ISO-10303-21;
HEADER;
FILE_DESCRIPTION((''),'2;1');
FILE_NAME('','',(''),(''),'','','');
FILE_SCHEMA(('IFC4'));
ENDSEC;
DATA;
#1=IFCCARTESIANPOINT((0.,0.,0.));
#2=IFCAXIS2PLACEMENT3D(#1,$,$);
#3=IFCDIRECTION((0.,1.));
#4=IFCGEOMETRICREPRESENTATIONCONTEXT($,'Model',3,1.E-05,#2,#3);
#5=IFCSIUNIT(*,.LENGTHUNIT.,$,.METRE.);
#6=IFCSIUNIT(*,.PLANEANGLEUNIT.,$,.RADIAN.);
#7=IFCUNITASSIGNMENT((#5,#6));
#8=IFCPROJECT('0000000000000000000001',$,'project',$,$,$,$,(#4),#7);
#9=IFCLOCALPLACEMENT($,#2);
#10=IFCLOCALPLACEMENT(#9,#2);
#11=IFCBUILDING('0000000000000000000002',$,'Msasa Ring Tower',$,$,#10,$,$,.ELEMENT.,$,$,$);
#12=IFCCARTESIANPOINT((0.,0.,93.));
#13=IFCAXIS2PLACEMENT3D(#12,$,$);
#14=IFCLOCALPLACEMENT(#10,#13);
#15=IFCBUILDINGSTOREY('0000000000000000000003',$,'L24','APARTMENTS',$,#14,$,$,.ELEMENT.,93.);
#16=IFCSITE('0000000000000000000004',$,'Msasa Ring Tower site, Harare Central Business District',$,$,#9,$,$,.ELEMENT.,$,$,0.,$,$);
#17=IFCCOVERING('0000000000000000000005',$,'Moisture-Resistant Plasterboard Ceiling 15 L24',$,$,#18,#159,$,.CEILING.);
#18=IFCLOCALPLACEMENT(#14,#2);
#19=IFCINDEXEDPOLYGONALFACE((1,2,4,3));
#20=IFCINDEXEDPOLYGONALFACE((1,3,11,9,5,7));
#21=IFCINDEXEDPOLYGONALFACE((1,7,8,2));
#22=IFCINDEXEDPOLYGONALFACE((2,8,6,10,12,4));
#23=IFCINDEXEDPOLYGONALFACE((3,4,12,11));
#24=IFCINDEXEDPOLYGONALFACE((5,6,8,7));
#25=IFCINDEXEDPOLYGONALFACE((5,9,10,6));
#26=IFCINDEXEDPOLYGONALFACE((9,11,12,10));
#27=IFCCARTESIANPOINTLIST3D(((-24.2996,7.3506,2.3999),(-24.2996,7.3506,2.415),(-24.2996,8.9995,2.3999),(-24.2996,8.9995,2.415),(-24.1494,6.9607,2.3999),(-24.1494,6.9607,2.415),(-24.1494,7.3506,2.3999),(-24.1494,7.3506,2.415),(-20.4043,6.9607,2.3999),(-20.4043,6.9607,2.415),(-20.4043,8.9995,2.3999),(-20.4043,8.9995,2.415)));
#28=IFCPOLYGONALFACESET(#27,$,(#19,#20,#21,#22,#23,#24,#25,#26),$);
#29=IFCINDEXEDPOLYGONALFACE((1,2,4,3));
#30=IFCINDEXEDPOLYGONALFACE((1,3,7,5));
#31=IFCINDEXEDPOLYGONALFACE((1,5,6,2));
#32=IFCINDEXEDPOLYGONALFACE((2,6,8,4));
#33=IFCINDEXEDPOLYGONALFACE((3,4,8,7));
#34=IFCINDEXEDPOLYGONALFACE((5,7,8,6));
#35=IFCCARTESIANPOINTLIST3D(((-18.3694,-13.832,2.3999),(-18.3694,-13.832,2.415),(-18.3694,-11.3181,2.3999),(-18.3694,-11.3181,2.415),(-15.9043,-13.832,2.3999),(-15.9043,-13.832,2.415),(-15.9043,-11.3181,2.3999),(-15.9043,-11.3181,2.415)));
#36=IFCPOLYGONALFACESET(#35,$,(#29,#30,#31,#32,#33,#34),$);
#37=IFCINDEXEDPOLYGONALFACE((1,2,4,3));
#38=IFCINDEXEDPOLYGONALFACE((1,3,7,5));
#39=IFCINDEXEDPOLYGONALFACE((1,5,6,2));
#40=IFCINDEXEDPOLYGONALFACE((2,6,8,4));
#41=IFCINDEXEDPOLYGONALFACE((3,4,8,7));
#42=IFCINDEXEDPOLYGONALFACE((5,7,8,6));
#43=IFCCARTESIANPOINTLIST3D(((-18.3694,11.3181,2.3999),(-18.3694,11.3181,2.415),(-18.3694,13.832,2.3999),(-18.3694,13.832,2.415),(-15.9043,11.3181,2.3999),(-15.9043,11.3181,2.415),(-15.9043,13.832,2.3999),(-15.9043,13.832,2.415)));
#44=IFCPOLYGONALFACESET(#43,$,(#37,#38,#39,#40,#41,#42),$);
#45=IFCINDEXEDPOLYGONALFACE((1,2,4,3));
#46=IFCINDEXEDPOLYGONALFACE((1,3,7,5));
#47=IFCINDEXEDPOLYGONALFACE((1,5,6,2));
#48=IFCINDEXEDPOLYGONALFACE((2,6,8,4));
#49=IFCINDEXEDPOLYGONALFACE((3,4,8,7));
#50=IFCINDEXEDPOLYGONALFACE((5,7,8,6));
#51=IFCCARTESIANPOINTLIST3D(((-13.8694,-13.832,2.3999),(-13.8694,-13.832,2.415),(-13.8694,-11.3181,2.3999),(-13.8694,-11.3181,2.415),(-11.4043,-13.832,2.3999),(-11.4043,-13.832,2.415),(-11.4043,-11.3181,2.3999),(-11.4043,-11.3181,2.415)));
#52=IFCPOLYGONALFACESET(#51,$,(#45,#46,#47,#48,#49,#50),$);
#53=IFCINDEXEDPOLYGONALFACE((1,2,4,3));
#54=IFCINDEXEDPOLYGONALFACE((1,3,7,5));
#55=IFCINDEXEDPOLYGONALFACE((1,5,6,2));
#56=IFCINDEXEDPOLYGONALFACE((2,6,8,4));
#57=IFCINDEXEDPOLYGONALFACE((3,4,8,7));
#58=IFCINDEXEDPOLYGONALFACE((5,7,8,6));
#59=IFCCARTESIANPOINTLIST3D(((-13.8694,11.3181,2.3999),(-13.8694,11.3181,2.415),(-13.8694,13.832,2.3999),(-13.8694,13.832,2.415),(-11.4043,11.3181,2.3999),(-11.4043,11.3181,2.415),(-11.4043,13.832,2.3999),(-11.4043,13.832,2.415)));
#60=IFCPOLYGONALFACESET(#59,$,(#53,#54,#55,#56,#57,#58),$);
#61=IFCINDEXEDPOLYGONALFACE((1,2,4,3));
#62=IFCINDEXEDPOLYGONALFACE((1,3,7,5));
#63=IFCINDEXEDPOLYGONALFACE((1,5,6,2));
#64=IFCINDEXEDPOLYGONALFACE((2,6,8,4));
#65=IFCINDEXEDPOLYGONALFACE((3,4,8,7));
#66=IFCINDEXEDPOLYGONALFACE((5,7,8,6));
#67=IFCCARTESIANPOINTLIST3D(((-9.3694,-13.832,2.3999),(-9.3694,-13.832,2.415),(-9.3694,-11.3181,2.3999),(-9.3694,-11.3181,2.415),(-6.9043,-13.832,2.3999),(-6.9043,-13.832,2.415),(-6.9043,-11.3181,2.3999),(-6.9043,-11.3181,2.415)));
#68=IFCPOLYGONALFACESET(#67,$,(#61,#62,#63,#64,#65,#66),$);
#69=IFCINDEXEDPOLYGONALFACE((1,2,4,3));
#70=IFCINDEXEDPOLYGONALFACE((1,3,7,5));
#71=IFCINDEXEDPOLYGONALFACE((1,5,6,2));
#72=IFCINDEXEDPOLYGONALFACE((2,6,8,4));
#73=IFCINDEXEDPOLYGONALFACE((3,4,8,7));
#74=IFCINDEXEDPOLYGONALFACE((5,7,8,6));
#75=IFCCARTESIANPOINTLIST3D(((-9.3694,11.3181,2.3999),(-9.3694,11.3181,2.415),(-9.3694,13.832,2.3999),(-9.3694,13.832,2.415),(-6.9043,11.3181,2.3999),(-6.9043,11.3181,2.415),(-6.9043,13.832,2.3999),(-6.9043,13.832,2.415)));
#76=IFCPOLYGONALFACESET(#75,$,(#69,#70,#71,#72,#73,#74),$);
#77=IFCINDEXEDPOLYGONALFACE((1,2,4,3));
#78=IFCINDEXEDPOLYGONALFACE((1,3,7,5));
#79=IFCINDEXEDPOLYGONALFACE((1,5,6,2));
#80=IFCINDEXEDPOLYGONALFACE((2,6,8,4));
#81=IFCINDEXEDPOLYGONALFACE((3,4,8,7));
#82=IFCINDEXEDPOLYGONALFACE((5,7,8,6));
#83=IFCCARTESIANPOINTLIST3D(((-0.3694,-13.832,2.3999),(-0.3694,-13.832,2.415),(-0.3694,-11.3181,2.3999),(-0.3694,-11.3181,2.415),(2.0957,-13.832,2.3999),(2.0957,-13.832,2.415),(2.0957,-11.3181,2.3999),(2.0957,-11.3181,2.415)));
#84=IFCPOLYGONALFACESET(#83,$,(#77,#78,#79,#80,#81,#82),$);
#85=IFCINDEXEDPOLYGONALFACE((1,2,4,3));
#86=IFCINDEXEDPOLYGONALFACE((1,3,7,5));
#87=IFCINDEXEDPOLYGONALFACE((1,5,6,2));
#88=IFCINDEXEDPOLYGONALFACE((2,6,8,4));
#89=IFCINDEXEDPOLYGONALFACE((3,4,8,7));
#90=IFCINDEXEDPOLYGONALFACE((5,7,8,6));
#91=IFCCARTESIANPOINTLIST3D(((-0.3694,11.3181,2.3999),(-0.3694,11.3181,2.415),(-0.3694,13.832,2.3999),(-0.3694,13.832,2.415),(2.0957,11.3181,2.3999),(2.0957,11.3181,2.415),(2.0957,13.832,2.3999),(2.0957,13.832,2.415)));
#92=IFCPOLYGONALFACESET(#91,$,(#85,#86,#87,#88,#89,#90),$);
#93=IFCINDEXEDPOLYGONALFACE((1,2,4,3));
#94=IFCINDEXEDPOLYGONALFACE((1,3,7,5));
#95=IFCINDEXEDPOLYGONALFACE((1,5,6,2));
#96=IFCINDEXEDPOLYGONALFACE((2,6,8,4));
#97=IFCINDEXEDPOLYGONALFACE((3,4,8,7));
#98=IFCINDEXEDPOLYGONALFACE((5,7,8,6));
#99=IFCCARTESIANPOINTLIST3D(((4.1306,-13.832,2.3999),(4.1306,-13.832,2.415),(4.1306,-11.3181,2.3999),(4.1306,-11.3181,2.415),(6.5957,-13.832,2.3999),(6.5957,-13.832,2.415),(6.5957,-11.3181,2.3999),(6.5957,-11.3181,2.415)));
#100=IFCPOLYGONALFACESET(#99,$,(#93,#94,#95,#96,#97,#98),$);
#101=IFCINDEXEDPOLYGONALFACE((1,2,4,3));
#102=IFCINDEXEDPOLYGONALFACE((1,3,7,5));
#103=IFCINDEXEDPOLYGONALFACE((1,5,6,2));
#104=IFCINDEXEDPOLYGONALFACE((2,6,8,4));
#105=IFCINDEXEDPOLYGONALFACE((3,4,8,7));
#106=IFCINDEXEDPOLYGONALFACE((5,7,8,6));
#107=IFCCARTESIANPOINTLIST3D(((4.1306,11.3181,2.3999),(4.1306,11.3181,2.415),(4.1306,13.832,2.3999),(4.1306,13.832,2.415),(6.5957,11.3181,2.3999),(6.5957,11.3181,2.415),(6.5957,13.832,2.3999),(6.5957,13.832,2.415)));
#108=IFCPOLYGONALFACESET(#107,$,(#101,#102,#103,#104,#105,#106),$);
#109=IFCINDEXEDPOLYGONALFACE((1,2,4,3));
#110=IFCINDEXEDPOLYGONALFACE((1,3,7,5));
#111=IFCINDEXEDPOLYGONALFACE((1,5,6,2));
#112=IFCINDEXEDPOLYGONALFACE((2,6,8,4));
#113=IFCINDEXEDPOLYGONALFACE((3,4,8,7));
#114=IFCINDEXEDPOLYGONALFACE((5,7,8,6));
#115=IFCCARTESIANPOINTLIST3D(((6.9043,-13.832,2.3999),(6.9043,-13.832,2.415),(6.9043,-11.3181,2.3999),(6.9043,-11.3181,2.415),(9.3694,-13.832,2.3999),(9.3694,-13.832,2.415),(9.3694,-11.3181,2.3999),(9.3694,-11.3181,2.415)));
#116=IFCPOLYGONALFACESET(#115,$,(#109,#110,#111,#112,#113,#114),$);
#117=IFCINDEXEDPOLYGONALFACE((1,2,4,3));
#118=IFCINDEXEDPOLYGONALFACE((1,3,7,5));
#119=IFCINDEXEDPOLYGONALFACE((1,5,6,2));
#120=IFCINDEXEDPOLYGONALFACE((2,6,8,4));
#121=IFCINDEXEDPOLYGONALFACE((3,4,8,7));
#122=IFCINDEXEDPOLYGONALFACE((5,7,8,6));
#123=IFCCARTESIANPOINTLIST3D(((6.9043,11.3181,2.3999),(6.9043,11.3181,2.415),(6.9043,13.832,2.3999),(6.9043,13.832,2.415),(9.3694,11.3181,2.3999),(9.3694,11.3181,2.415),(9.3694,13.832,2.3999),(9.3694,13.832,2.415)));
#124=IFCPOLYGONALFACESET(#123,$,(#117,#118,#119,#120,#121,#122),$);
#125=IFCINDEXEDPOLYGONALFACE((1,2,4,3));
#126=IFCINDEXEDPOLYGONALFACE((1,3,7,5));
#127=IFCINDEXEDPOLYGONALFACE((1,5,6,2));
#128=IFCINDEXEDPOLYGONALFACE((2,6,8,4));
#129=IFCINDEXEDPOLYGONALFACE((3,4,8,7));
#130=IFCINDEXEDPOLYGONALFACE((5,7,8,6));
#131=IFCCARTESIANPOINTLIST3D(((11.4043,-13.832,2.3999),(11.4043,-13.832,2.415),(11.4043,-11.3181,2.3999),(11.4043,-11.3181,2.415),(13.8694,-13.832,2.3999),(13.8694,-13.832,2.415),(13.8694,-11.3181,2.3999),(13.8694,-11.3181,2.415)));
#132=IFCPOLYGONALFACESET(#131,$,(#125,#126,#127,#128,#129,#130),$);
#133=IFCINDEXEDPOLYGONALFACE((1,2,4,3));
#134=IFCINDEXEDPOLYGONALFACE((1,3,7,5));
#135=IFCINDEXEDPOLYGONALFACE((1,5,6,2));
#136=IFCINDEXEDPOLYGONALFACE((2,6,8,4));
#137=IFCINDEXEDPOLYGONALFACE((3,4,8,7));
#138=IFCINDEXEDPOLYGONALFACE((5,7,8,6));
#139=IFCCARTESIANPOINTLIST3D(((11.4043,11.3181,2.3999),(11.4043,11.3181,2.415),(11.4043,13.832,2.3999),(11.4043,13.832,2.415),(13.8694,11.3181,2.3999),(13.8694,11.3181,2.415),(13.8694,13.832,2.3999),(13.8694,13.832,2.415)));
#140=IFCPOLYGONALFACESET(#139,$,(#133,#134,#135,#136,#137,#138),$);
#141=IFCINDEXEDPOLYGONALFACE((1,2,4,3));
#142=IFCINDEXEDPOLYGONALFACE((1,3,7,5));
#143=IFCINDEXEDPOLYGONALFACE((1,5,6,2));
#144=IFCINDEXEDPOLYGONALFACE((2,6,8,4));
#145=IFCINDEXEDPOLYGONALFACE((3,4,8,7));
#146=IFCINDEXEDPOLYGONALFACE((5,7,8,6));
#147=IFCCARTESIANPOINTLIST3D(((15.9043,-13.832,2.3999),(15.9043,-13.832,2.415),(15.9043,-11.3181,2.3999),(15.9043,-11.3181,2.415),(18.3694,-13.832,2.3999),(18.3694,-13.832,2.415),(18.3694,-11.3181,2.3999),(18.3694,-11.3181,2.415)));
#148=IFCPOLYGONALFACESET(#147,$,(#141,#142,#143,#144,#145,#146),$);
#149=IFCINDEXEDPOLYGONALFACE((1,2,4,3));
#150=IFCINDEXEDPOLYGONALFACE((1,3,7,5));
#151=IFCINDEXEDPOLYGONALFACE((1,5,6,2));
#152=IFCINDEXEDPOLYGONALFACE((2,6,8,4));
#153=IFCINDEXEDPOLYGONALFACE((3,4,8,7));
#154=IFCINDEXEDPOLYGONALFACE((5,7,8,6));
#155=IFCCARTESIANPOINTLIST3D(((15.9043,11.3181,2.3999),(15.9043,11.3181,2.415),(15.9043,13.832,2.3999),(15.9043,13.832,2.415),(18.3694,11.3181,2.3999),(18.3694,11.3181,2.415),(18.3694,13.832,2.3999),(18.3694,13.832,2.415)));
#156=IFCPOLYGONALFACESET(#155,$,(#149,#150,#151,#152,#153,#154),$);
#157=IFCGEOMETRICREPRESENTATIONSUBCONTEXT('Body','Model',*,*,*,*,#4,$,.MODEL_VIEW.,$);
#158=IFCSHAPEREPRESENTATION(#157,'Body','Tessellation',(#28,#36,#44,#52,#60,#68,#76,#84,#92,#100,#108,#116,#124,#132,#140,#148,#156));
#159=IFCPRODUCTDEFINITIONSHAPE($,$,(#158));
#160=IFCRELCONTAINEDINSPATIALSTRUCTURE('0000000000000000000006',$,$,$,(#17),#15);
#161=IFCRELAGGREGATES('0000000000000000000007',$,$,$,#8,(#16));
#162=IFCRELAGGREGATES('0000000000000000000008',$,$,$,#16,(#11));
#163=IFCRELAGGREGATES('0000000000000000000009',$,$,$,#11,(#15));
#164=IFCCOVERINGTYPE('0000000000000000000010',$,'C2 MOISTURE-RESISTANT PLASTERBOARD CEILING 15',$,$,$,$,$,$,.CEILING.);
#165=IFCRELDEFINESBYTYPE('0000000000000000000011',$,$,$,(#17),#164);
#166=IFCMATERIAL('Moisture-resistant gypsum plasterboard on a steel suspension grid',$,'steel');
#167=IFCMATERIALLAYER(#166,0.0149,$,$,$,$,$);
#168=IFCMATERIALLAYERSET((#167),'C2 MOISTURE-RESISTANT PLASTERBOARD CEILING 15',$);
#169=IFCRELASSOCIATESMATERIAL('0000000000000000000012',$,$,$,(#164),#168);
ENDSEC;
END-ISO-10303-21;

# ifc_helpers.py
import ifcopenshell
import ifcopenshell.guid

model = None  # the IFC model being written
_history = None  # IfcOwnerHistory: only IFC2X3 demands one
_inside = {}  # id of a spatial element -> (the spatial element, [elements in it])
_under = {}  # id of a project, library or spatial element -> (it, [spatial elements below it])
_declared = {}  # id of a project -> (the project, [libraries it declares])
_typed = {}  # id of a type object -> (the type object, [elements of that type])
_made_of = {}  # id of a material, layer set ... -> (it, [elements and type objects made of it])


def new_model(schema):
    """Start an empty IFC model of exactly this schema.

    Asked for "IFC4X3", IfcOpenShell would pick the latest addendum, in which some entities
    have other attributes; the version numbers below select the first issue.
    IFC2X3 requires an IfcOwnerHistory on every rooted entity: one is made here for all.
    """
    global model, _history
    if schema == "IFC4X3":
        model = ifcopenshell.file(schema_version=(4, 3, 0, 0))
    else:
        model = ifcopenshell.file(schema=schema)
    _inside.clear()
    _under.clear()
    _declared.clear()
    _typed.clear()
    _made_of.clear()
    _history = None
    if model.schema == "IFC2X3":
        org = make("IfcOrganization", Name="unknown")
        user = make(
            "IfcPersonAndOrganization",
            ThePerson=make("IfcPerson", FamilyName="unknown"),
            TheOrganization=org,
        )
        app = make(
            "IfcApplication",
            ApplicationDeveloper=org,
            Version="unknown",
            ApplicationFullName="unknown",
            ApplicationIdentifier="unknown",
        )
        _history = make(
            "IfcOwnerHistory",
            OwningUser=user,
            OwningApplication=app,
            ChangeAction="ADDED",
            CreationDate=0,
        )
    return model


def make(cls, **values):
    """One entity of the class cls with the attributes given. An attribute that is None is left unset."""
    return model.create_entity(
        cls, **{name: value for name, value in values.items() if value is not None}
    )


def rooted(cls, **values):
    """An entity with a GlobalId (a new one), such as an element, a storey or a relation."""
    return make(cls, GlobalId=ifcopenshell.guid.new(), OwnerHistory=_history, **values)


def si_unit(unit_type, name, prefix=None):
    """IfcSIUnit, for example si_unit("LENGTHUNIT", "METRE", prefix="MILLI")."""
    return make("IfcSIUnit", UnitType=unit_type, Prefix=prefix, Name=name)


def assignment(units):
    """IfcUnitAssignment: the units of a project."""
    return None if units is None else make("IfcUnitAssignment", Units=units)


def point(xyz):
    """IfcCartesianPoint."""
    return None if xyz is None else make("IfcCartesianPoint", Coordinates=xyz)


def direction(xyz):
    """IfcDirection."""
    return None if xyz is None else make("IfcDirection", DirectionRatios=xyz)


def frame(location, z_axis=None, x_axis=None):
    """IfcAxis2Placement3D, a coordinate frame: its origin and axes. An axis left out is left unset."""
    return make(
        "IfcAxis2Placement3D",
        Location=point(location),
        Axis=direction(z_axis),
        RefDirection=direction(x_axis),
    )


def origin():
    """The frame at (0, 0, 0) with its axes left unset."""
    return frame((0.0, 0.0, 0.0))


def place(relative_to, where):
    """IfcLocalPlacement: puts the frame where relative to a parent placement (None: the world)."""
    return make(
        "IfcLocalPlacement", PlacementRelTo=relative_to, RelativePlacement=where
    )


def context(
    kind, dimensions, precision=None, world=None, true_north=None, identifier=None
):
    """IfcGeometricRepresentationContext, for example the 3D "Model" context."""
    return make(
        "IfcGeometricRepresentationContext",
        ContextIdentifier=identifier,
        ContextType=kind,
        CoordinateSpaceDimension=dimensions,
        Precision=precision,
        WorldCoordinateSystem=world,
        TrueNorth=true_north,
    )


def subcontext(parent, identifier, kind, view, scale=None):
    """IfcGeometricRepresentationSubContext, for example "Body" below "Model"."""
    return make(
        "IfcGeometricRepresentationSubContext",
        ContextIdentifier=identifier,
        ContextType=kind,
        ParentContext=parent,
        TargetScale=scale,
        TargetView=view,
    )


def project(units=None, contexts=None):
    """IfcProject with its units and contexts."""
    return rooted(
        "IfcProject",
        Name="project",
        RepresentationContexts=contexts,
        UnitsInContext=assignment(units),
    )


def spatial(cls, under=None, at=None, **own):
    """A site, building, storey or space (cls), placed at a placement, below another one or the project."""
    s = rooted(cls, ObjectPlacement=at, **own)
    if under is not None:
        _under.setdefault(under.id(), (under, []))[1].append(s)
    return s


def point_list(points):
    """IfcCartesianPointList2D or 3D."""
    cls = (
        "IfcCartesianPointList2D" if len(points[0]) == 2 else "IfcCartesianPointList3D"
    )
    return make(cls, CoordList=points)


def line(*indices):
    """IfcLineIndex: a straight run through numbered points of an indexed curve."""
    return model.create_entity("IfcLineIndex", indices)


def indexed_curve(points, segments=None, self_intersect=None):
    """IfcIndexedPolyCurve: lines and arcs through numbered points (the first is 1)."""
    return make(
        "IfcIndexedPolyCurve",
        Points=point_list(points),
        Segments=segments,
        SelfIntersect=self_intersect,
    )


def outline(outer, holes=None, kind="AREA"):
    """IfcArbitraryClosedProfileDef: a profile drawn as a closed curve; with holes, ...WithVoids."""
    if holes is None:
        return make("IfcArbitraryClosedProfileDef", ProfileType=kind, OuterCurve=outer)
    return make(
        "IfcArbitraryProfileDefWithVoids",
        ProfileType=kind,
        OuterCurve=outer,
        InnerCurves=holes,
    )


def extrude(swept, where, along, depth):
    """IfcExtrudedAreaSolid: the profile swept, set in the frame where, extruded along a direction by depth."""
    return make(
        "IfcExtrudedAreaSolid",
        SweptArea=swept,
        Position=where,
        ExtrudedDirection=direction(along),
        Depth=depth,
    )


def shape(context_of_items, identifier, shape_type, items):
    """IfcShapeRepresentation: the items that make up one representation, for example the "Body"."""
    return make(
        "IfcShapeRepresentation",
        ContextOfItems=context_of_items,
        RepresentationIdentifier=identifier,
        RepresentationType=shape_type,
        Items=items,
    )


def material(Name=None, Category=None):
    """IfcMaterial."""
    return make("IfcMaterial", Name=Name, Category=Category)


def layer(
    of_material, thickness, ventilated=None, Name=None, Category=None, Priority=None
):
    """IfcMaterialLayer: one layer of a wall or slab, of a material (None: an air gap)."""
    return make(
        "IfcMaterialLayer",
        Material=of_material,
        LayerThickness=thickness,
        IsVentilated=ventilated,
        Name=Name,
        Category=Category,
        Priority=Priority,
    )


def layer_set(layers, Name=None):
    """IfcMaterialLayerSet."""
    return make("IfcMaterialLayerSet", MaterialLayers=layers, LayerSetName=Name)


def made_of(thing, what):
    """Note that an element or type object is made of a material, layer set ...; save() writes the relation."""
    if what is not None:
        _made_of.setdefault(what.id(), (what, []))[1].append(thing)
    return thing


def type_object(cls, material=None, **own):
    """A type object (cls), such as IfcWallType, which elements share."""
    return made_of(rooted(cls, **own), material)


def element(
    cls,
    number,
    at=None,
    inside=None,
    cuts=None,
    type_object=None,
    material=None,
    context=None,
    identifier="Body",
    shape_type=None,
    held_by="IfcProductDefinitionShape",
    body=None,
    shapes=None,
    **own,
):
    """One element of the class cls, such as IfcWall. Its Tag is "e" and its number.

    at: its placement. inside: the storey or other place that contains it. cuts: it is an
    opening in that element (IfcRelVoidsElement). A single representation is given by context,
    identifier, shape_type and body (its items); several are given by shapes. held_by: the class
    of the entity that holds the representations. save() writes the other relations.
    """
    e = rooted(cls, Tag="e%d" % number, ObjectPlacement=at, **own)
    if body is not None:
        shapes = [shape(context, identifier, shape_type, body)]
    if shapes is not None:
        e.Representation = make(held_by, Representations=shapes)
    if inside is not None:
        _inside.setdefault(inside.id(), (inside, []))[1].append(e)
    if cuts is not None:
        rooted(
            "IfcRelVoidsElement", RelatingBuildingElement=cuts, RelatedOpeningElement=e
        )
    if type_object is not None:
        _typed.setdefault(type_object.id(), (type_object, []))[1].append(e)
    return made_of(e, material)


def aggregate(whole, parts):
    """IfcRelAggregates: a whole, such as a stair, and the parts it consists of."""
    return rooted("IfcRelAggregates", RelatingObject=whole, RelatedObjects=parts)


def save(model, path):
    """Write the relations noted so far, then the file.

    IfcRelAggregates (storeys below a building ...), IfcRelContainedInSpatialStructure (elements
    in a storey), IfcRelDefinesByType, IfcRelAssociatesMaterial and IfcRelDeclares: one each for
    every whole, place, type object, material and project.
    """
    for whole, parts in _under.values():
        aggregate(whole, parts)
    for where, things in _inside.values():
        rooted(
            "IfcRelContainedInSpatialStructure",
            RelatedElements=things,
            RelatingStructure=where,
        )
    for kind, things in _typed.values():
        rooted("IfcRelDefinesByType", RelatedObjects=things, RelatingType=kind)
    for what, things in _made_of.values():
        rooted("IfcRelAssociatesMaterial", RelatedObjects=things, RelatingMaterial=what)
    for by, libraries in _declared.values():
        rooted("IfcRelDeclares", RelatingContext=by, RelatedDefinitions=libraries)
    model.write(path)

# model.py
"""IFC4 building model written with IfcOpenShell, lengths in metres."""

from ifc_helpers import new_model, si_unit, direction, frame, origin, place, context, subcontext, project, spatial, line, indexed_curve, outline, extrude, material, layer, layer_set, type_object, element, save


model = new_model("IFC4")

# Units and contexts
model_context = context("Model", 3, precision=1e-05, world=origin(), true_north=direction((0.0, 1.0)))
body_context = subcontext(model_context, "Body", "Model", "MODEL_VIEW")
ifc_project = project(units=[si_unit("LENGTHUNIT", "METRE"), si_unit("PLANEANGLEUNIT", "RADIAN")], contexts=[model_context])

# Site, building, storey
site_placement = place(None, origin())
site = spatial("IfcSite", under=ifc_project, at=site_placement, Name="Msasa Ring Tower site, Harare Central Business District", CompositionType="ELEMENT", RefElevation=0.0)
building_placement = place(site_placement, origin())
building = spatial("IfcBuilding", under=site, at=building_placement, Name="Msasa Ring Tower", CompositionType="ELEMENT")
storey_placement = place(building_placement, frame((0.0, 0.0, 93.0)))
storey = spatial("IfcBuildingStorey", under=building, at=storey_placement, Name="L24", Description="APARTMENTS", CompositionType="ELEMENT", Elevation=93.0)

# Covering
ifc_material_1 = material(Name="Moisture-resistant gypsum plasterboard on a steel suspension grid", Category="steel")
ifc_layer_1 = layer(ifc_material_1, 0.0149)
ifc_layer_set_1 = layer_set([ifc_layer_1], Name="C2 MOISTURE-RESISTANT PLASTERBOARD CEILING 15")
covering_type_1 = type_object("IfcCoveringType", Name="C2 MOISTURE-RESISTANT PLASTERBOARD CEILING 15", PredefinedType="CEILING", material=ifc_layer_set_1)
covering_1_placement = place(storey_placement, frame((0.0, 0.0, 2.3999)))
element("IfcCovering", 1, at=covering_1_placement, inside=storey, type_object=covering_type_1, Name="Moisture-Resistant Plasterboard Ceiling 15 L24", PredefinedType="CEILING", context=body_context, shape_type="SweptSolid", body=[
    extrude(outline(indexed_curve([(-24.2996, 8.9995), (-20.4043, 8.9995), (-20.4043, 6.9607), (-24.1494, 6.9607), (-24.1494, 7.3506), (-24.2996, 7.3506)], segments=[line(1, 2, 3, 4, 5, 6, 1)], self_intersect=False)), origin(), (0.0, 0.0, 1.0), 0.0151),
    extrude(outline(indexed_curve([(-18.3694, -11.3181), (-15.9043, -11.3181), (-15.9043, -13.832), (-18.3694, -13.832)], segments=[line(1, 2, 3, 4, 1)], self_intersect=False)), origin(), (0.0, 0.0, 1.0), 0.0151),
    extrude(outline(indexed_curve([(-18.3694, 13.832), (-15.9043, 13.832), (-15.9043, 11.3181), (-18.3694, 11.3181)], segments=[line(1, 2, 3, 4, 1)], self_intersect=False)), origin(), (0.0, 0.0, 1.0), 0.0151),
    extrude(outline(indexed_curve([(-13.8694, -11.3181), (-11.4043, -11.3181), (-11.4043, -13.832), (-13.8694, -13.832)], segments=[line(1, 2, 3, 4, 1)], self_intersect=False)), origin(), (0.0, 0.0, 1.0), 0.0151),
    extrude(outline(indexed_curve([(-13.8694, 13.832), (-11.4043, 13.832), (-11.4043, 11.3181), (-13.8694, 11.3181)], segments=[line(1, 2, 3, 4, 1)], self_intersect=False)), origin(), (0.0, 0.0, 1.0), 0.0151),
    extrude(outline(indexed_curve([(-9.3694, -11.3181), (-6.9043, -11.3181), (-6.9043, -13.832), (-9.3694, -13.832)], segments=[line(1, 2, 3, 4, 1)], self_intersect=False)), origin(), (0.0, 0.0, 1.0), 0.0151),
    extrude(outline(indexed_curve([(-9.3694, 13.832), (-6.9043, 13.832), (-6.9043, 11.3181), (-9.3694, 11.3181)], segments=[line(1, 2, 3, 4, 1)], self_intersect=False)), origin(), (0.0, 0.0, 1.0), 0.0151),
    extrude(outline(indexed_curve([(-0.3694, -11.3181), (2.0957, -11.3181), (2.0957, -13.832), (-0.3694, -13.832)], segments=[line(1, 2, 3, 4, 1)], self_intersect=False)), origin(), (0.0, 0.0, 1.0), 0.0151),
    extrude(outline(indexed_curve([(-0.3694, 13.832), (2.0957, 13.832), (2.0957, 11.3181), (-0.3694, 11.3181)], segments=[line(1, 2, 3, 4, 1)], self_intersect=False)), origin(), (0.0, 0.0, 1.0), 0.0151),
    extrude(outline(indexed_curve([(4.1306, -11.3181), (6.5957, -11.3181), (6.5957, -13.832), (4.1306, -13.832)], segments=[line(1, 2, 3, 4, 1)], self_intersect=False)), origin(), (0.0, 0.0, 1.0), 0.0151),
    extrude(outline(indexed_curve([(4.1306, 13.832), (6.5957, 13.832), (6.5957, 11.3181), (4.1306, 11.3181)], segments=[line(1, 2, 3, 4, 1)], self_intersect=False)), origin(), (0.0, 0.0, 1.0), 0.0151),
    extrude(outline(indexed_curve([(9.3694, -11.3181), (9.3694, -13.832), (6.9043, -13.832), (6.9043, -11.3181)], segments=[line(1, 2, 3, 4, 1)], self_intersect=False)), origin(), (0.0, 0.0, 1.0), 0.0151),
    extrude(outline(indexed_curve([(9.3694, 13.832), (9.3694, 11.3181), (6.9043, 11.3181), (6.9043, 13.832)], segments=[line(1, 2, 3, 4, 1)], self_intersect=False)), origin(), (0.0, 0.0, 1.0), 0.0151),
    extrude(outline(indexed_curve([(13.8694, -11.3181), (13.8694, -13.832), (11.4043, -13.832), (11.4043, -11.3181)], segments=[line(1, 2, 3, 4, 1)], self_intersect=False)), origin(), (0.0, 0.0, 1.0), 0.0151),
    extrude(outline(indexed_curve([(13.8694, 13.832), (13.8694, 11.3181), (11.4043, 11.3181), (11.4043, 13.832)], segments=[line(1, 2, 3, 4, 1)], self_intersect=False)), origin(), (0.0, 0.0, 1.0), 0.0151),
    extrude(outline(indexed_curve([(18.3694, -11.3181), (18.3694, -13.832), (15.9043, -13.832), (15.9043, -11.3181)], segments=[line(1, 2, 3, 4, 1)], self_intersect=False)), origin(), (0.0, 0.0, 1.0), 0.0151),
    extrude(outline(indexed_curve([(18.3694, 13.832), (18.3694, 11.3181), (15.9043, 11.3181), (15.9043, 13.832)], segments=[line(1, 2, 3, 4, 1)], self_intersect=False)), origin(), (0.0, 0.0, 1.0), 0.0151),
])

save(model, "model.ifc")
